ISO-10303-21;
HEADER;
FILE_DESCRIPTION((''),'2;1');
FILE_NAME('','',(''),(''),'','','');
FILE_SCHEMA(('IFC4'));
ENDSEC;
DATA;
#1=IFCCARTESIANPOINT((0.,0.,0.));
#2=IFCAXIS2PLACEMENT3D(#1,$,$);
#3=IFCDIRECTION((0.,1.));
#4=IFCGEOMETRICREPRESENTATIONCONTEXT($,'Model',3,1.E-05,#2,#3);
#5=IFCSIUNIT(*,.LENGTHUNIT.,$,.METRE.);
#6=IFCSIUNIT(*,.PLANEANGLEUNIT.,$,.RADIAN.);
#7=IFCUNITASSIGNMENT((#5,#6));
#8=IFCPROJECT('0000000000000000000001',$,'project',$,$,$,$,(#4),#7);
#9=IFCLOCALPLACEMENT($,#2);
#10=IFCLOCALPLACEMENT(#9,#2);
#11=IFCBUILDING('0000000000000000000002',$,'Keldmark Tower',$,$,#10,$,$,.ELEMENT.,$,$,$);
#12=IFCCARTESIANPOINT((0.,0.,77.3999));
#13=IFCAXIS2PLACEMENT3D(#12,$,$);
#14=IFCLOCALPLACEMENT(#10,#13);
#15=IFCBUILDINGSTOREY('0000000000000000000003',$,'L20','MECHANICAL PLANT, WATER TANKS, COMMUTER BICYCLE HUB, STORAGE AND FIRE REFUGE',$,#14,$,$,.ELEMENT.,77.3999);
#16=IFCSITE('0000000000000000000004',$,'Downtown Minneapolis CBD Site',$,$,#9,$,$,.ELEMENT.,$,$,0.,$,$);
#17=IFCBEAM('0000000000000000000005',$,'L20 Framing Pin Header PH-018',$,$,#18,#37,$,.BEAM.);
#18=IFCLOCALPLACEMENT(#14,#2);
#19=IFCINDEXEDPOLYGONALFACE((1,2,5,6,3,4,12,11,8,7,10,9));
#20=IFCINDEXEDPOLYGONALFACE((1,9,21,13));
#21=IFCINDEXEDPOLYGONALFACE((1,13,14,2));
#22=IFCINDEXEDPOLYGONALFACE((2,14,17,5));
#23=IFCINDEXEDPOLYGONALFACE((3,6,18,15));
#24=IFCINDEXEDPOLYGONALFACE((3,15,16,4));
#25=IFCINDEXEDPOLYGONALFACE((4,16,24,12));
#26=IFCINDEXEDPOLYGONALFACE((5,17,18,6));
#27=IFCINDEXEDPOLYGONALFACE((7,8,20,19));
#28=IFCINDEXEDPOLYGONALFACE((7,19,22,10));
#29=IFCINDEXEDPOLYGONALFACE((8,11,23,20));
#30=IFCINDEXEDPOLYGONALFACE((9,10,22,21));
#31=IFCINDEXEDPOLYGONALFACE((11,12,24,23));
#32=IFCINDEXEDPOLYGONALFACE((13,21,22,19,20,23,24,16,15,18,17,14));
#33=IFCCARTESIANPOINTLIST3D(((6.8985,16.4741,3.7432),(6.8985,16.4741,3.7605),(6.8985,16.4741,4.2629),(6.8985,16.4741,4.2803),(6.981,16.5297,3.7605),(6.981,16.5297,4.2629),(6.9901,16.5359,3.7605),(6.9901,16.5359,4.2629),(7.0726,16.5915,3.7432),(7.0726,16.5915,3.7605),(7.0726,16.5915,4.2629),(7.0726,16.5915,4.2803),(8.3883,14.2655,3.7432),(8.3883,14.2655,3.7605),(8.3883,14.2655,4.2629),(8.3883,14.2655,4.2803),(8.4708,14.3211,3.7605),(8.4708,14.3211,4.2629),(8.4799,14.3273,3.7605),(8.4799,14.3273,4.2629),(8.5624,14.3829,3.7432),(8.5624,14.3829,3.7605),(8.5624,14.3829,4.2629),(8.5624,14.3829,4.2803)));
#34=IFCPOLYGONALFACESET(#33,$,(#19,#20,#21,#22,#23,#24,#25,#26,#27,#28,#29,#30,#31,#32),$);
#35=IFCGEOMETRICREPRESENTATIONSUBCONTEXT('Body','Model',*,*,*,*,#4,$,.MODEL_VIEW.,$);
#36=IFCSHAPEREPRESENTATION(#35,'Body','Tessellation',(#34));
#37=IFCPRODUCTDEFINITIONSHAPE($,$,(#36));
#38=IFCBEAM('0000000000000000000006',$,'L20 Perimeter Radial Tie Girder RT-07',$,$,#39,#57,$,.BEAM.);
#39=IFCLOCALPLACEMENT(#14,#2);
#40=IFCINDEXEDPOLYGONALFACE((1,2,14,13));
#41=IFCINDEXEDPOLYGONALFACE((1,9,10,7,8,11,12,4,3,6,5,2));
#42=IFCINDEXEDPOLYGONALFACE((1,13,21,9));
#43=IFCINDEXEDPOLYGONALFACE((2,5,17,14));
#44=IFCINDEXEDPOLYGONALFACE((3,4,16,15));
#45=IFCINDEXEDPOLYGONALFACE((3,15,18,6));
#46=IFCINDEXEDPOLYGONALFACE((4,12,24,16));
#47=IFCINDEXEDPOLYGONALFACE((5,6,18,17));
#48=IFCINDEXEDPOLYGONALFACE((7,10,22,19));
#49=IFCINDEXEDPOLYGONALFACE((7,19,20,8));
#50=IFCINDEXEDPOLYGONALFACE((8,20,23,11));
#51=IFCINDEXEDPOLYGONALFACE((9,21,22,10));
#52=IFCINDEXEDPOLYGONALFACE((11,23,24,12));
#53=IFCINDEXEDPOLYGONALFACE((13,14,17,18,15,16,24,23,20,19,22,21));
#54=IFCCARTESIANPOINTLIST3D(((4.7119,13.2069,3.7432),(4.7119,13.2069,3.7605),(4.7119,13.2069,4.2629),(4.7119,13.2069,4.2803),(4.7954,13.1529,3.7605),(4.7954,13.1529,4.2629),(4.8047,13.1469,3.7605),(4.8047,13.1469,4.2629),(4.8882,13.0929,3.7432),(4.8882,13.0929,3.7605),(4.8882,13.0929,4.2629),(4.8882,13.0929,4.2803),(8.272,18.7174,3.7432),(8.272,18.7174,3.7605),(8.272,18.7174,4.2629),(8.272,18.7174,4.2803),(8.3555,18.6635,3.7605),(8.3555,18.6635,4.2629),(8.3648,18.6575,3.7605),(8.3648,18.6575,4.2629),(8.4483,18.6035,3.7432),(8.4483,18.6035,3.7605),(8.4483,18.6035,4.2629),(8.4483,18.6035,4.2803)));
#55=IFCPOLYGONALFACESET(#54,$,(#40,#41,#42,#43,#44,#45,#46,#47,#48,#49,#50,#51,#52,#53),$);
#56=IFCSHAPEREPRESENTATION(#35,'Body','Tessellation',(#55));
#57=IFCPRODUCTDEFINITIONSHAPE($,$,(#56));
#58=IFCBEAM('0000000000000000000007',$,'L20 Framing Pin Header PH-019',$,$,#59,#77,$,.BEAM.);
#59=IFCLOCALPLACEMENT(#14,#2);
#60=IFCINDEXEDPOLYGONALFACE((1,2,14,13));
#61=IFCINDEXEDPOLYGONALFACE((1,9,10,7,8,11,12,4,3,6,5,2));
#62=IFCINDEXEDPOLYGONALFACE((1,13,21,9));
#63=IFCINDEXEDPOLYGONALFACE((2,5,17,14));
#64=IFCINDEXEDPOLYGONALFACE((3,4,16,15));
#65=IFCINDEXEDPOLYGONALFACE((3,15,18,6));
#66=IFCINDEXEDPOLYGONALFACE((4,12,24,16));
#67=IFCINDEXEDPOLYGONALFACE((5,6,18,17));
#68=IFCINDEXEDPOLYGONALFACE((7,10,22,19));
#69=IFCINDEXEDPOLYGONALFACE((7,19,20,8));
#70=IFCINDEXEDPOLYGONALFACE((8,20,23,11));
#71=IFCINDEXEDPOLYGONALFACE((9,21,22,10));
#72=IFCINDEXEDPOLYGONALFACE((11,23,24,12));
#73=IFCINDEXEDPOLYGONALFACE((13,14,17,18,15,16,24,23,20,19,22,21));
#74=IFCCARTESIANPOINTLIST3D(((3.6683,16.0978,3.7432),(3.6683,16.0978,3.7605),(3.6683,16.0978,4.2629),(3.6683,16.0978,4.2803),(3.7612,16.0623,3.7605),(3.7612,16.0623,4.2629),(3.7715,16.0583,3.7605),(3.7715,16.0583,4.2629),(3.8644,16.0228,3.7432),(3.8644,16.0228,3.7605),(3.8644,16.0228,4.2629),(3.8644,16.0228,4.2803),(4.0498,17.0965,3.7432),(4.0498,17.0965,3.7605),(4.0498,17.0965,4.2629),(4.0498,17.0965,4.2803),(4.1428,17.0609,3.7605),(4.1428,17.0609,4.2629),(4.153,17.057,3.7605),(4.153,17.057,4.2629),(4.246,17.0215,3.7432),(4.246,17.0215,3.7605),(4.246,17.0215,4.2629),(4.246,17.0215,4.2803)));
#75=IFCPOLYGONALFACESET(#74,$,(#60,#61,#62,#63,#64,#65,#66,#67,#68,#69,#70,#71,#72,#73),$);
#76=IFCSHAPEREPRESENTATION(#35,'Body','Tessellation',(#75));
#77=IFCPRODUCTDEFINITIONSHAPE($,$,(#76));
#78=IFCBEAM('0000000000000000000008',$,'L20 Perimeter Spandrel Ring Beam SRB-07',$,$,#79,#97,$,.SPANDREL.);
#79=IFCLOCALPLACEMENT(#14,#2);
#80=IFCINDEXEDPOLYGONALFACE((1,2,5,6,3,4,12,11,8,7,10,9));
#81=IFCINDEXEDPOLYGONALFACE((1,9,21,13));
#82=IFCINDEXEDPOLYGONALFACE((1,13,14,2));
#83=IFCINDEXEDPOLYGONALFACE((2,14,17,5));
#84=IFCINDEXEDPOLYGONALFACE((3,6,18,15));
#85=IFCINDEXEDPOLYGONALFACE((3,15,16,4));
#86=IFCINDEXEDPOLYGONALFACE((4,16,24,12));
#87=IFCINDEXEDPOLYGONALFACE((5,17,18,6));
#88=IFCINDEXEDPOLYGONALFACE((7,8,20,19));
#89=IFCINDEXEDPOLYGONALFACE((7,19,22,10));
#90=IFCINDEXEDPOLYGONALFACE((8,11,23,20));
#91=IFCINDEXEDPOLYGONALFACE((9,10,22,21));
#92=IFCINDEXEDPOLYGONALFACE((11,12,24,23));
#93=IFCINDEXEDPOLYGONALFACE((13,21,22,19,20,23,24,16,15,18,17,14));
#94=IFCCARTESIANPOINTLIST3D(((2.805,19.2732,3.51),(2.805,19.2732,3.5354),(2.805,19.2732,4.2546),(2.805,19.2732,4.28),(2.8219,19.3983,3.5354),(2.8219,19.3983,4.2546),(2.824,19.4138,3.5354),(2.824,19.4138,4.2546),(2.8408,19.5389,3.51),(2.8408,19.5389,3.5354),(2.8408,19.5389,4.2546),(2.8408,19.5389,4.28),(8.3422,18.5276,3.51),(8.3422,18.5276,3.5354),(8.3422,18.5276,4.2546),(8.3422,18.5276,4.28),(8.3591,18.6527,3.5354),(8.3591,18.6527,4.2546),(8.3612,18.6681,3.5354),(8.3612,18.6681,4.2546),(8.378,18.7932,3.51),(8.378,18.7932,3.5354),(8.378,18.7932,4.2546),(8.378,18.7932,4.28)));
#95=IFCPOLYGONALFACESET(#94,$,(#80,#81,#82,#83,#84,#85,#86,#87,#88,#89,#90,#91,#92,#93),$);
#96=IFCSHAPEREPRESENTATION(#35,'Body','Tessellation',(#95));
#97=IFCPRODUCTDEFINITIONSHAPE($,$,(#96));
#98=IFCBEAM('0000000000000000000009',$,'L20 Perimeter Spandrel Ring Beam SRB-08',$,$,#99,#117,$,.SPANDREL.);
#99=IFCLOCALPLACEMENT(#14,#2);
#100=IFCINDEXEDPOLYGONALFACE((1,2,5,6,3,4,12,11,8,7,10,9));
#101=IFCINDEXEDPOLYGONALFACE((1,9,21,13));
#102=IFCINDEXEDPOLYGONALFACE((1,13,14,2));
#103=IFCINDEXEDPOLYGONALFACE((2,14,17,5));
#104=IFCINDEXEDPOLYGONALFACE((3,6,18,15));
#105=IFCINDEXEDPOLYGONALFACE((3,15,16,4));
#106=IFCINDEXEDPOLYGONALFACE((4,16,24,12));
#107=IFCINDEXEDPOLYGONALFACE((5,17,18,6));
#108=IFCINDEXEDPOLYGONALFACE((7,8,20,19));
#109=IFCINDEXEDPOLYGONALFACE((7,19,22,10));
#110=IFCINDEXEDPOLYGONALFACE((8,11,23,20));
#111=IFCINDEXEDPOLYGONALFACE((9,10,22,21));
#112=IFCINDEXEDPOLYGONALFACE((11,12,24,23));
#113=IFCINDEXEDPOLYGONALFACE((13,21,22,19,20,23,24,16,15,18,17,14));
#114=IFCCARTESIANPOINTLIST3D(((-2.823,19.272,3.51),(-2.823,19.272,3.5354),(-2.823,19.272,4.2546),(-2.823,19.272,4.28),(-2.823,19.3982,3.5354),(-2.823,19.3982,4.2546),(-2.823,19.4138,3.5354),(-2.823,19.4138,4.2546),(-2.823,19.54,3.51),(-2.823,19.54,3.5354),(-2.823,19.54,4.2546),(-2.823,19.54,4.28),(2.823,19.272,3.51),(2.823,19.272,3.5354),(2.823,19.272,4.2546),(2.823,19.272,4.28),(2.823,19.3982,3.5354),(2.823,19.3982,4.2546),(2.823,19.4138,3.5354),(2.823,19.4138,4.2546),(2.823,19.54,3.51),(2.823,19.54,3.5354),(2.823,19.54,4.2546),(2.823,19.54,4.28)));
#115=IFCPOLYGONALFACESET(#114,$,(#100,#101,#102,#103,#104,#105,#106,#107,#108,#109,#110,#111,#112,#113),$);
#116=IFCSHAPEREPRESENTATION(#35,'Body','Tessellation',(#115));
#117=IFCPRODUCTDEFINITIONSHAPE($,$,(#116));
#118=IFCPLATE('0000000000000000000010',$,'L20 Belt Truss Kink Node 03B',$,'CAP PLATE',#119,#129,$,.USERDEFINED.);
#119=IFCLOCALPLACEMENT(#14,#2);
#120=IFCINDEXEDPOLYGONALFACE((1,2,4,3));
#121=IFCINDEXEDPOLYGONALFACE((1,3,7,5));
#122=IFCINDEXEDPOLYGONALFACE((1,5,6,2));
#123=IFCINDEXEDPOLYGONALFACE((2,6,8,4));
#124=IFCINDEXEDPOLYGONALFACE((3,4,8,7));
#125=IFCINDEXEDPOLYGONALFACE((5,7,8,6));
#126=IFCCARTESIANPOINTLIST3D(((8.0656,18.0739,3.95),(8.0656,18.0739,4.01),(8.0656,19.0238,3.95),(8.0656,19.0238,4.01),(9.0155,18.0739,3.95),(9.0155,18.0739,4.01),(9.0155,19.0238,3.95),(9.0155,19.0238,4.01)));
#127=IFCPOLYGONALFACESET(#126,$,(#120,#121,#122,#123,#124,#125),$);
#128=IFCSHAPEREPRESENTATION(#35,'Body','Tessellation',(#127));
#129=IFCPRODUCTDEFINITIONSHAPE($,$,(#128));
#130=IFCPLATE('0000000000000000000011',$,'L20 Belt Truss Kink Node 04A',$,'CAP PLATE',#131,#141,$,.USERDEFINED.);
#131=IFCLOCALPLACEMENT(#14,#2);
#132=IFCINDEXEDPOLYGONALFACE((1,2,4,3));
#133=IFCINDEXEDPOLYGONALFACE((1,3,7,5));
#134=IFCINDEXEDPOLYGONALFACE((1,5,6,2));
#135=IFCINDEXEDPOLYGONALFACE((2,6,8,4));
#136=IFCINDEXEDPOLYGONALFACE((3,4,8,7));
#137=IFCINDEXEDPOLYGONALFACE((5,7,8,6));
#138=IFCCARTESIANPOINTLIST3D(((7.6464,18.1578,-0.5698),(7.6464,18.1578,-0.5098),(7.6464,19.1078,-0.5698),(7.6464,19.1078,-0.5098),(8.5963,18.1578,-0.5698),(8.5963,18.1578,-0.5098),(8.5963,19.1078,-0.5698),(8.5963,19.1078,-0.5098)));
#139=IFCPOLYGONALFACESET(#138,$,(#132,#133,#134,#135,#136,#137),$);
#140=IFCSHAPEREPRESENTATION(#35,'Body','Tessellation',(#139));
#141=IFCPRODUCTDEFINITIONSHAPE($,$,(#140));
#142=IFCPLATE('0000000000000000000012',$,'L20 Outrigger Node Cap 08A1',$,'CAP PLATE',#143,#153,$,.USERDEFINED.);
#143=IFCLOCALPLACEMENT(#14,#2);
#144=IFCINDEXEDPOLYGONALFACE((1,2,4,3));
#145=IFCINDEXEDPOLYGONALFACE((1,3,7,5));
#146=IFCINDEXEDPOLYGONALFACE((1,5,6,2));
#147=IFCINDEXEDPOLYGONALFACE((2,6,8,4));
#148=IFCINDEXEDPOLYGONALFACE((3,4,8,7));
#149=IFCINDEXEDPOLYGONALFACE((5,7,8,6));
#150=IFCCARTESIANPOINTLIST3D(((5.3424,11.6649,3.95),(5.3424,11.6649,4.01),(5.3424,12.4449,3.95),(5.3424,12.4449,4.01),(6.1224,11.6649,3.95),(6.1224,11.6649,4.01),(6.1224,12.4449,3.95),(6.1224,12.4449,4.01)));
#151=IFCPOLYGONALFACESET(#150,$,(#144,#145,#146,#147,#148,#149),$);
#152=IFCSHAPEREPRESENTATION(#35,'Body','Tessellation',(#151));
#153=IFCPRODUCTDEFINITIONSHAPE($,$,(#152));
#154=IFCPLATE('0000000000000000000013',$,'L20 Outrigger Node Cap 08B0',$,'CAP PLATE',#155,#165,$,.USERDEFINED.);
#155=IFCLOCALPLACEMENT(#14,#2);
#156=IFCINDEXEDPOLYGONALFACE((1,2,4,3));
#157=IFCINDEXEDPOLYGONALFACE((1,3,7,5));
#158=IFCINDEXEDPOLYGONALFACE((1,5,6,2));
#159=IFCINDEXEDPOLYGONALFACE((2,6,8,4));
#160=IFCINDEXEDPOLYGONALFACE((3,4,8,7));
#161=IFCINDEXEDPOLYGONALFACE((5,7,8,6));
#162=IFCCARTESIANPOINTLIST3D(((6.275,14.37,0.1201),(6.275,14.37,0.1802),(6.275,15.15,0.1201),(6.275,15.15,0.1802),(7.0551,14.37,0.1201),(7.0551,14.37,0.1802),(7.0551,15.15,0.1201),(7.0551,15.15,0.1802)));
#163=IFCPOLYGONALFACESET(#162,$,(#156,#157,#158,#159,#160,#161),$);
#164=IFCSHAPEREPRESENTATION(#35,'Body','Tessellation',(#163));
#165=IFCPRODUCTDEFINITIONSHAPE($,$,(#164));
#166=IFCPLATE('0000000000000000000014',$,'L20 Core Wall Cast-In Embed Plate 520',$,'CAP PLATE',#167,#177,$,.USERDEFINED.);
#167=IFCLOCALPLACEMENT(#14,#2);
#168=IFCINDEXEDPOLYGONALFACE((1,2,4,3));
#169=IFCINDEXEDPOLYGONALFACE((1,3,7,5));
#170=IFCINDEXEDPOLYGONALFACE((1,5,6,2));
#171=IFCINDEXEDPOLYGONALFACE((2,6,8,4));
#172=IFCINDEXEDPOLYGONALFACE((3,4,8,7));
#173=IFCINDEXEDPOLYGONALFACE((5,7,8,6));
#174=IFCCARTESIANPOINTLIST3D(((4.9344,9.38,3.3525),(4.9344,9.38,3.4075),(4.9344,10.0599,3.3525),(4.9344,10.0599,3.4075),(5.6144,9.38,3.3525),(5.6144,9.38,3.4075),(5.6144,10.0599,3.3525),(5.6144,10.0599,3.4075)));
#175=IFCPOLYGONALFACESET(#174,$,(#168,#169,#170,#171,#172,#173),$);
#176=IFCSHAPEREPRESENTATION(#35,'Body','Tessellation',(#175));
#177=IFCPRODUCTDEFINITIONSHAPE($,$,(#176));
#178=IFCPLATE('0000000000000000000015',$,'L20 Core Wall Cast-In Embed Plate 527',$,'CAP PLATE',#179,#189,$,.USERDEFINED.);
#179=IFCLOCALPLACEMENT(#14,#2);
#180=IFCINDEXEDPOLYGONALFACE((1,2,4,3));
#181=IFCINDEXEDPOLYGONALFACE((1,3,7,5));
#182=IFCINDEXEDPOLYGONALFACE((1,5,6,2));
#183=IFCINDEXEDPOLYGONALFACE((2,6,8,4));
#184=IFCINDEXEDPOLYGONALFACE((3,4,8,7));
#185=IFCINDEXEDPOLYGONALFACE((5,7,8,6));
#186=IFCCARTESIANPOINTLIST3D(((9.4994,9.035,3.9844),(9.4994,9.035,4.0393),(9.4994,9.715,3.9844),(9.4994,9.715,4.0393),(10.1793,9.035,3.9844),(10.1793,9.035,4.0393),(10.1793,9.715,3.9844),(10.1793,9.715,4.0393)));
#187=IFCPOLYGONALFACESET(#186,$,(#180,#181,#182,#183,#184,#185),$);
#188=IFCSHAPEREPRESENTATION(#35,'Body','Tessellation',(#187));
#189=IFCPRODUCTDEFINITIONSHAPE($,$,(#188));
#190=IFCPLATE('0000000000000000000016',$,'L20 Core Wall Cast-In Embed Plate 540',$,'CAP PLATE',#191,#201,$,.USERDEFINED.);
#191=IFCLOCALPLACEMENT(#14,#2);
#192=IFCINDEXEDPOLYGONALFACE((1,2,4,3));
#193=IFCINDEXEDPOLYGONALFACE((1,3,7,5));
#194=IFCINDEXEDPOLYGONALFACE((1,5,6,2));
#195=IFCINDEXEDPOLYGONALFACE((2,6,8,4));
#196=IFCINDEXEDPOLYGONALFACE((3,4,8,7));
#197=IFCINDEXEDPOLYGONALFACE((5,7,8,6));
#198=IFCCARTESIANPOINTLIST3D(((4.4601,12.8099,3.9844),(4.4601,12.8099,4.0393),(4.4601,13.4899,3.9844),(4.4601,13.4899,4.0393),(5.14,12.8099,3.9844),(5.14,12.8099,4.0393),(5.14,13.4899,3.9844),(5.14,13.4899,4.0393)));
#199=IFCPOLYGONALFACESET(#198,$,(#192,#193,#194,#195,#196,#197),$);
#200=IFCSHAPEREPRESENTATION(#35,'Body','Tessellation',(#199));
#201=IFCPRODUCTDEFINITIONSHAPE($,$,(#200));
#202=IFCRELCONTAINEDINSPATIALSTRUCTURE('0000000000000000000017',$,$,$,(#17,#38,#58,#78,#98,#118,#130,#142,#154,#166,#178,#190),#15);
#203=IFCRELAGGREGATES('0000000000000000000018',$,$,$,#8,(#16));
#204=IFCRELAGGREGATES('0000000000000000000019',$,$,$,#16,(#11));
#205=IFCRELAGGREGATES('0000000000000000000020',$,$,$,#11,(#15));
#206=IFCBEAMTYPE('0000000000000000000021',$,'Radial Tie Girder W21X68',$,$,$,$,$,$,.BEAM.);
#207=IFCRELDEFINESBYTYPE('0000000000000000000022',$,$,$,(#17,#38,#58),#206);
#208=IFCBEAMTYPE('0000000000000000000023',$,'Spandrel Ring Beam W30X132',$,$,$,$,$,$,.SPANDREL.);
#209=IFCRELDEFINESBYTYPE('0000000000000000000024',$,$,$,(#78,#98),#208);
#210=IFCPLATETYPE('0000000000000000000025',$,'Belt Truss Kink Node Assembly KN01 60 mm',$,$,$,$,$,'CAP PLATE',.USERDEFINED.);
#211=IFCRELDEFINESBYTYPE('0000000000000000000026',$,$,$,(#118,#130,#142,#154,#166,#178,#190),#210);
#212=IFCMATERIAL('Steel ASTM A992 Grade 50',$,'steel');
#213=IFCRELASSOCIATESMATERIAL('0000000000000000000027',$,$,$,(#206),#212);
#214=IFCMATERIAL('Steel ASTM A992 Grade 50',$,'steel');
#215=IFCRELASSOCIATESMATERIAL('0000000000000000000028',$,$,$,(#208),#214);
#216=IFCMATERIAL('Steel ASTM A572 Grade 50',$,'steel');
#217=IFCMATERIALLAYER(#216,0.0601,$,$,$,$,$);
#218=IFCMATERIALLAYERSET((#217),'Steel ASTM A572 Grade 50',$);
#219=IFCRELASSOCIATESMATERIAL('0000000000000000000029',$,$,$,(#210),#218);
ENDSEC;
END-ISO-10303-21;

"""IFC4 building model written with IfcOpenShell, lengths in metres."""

from ifc_helpers import new_model, si_unit, direction, frame, origin, origin_2d, place, context, subcontext, project, spatial, rectangle, i_section, extrude, material, layer, layer_set, material_profile, profile_set, type_object, element, save


model = new_model("IFC4")

# Units and contexts
model_context = context("Model", 3, precision=1e-05, world=origin(), true_north=direction((0.0, 1.0)))
body_context = subcontext(model_context, "Body", "Model", "MODEL_VIEW")
ifc_project = project(units=[si_unit("LENGTHUNIT", "METRE"), si_unit("PLANEANGLEUNIT", "RADIAN")], contexts=[model_context])

# Site, building, storey
site_placement = place(None, origin())
site = spatial("IfcSite", under=ifc_project, at=site_placement, Name="Downtown Minneapolis CBD Site", CompositionType="ELEMENT", RefElevation=0.0)
building_placement = place(site_placement, origin())
building = spatial("IfcBuilding", under=site, at=building_placement, Name="Keldmark Tower", CompositionType="ELEMENT")
storey_placement = place(building_placement, frame((0.0, 0.0, 77.3999)))
storey = spatial("IfcBuildingStorey", under=building, at=storey_placement, Name="L20", Description="MECHANICAL PLANT, WATER TANKS, COMMUTER BICYCLE HUB, STORAGE AND FIRE REFUGE", CompositionType="ELEMENT", Elevation=77.3999)

# Beams
ifc_material_1 = material(Name="Steel ASTM A992 Grade 50", Category="steel")
ifc_material_profile_1 = material_profile(ifc_material_1, i_section(OverallWidth=0.21, OverallDepth=0.5371, WebThickness=0.011, FlangeThickness=0.0173, at=origin_2d()), Name="W21X68")
ifc_profile_set_1 = profile_set([ifc_material_profile_1], Name="Steel ASTM A992 Grade 50")
beam_type_1 = type_object("IfcBeamType", Name="Radial Tie Girder W21X68", PredefinedType="BEAM", material=ifc_profile_set_1)
beam_1_placement = place(storey_placement, frame((8.4753, 14.3242, 4.0117), z_axis=(-0.559218, 0.829021, 0.0), x_axis=(-0.829021, -0.559218, 0.0)))
element("IfcBeam", 1, at=beam_1_placement, inside=storey, type_object=beam_type_1, Name="L20 Framing Pin Header PH-018", PredefinedType="BEAM", context=body_context, shape_type="SweptSolid", body=[
    extrude(i_section(OverallWidth=0.21, OverallDepth=0.5371, WebThickness=0.011, FlangeThickness=0.0173, at=origin_2d()), origin(), (0.0, 0.0, 1.0), 2.6641),
])
beam_2_placement = place(storey_placement, frame((4.8, 13.1499, 4.0117), z_axis=(0.542654, 0.839956, 0.0), x_axis=(-0.839956, 0.542654, 0.0)))
element("IfcBeam", 2, at=beam_2_placement, inside=storey, type_object=beam_type_1, Name="L20 Perimeter Radial Tie Girder RT-07", PredefinedType="BEAM", context=body_context, shape_type="SweptSolid", body=[
    extrude(i_section(OverallWidth=0.21, OverallDepth=0.5371, WebThickness=0.011, FlangeThickness=0.0173, at=origin_2d()), origin(), (0.0, 0.0, 1.0), 6.5605),
])
beam_3_placement = place(storey_placement, frame((3.7664, 16.0603, 4.0117), z_axis=(0.356897, 0.934144, 0.0), x_axis=(-0.934144, 0.356897, 0.0)))
element("IfcBeam", 3, at=beam_3_placement, inside=storey, type_object=beam_type_1, Name="L20 Framing Pin Header PH-019", PredefinedType="BEAM", context=body_context, shape_type="SweptSolid", body=[
    extrude(i_section(OverallWidth=0.21, OverallDepth=0.5371, WebThickness=0.011, FlangeThickness=0.0173, at=origin_2d()), origin(), (0.0, 0.0, 1.0), 1.0691),
])
ifc_material_2 = material(Name="Steel ASTM A992 Grade 50", Category="steel")
ifc_material_profile_2 = material_profile(ifc_material_2, i_section(OverallWidth=0.2681, OverallDepth=0.77, WebThickness=0.0156, FlangeThickness=0.0254, at=origin_2d()), Name="W30X132")
ifc_profile_set_2 = profile_set([ifc_material_profile_2], Name="Steel ASTM A992 Grade 50")
beam_type_2 = type_object("IfcBeamType", Name="Spandrel Ring Beam W30X132", PredefinedType="SPANDREL", material=ifc_profile_set_2)
beam_4_placement = place(storey_placement, frame((8.3601, 18.6604, 3.895), z_axis=(-0.991055, 0.133452, 0.0), x_axis=(-0.133452, -0.991055, 0.0)))
element("IfcBeam", 4, at=beam_4_placement, inside=storey, type_object=beam_type_2, Name="L20 Perimeter Spandrel Ring Beam SRB-07", PredefinedType="SPANDREL", context=body_context, shape_type="SweptSolid", body=[
    extrude(i_section(OverallWidth=0.2681, OverallDepth=0.77, WebThickness=0.0156, FlangeThickness=0.0254, at=origin_2d()), origin(), (0.0, 0.0, 1.0), 5.5872),
])
beam_5_placement = place(storey_placement, frame((2.823, 19.406, 3.895), z_axis=(-1.0, 0.0, 0.0), x_axis=(0.0, -1.0, 0.0)))
element("IfcBeam", 5, at=beam_5_placement, inside=storey, type_object=beam_type_2, Name="L20 Perimeter Spandrel Ring Beam SRB-08", PredefinedType="SPANDREL", context=body_context, shape_type="SweptSolid", body=[
    extrude(i_section(OverallWidth=0.2681, OverallDepth=0.77, WebThickness=0.0156, FlangeThickness=0.0254, at=origin_2d()), origin(), (0.0, 0.0, 1.0), 5.646),
])

# Plates
ifc_material_3 = material(Name="Steel ASTM A572 Grade 50", Category="steel")
ifc_layer_1 = layer(ifc_material_3, 0.0601)
ifc_layer_set_1 = layer_set([ifc_layer_1], Name="Steel ASTM A572 Grade 50")
plate_type_1 = type_object("IfcPlateType", Name="Belt Truss Kink Node Assembly KN01 60 mm", ElementType="CAP PLATE", PredefinedType="USERDEFINED", material=ifc_layer_set_1)
for number, where, z_axis, x_axis, name in (
    (6, (8.5405, 18.5488, 3.95), (0.0, 0.0, 1.0), (1.0, 0.0, 0.0), "L20 Belt Truss Kink Node 03B"),
    (7, (8.1213, 18.6328, -0.5698), (0.0, 0.0, 1.0), (1.0, 0.0, 0.0), "L20 Belt Truss Kink Node 04A"),
):
    element("IfcPlate", number, at=place(storey_placement, frame(where, z_axis=z_axis, x_axis=x_axis)), inside=storey, type_object=plate_type_1, Name=name, ObjectType="CAP PLATE", PredefinedType="USERDEFINED", context=body_context, shape_type="SweptSolid", body=[
        extrude(rectangle(XDim=0.95, YDim=0.95, at=origin_2d()), origin(), (0.0, 0.0, 1.0), 0.0601),
    ])
for number, where, z_axis, x_axis, name in (
    (8, (5.7324, 12.0549, 3.95), (0.0, 0.0, 1.0), (1.0, 0.0, 0.0), "L20 Outrigger Node Cap 08A1"),
    (9, (6.665, 14.76, 0.1201), (0.0, 0.0, 1.0), (1.0, 0.0, 0.0), "L20 Outrigger Node Cap 08B0"),
):
    element("IfcPlate", number, at=place(storey_placement, frame(where, z_axis=z_axis, x_axis=x_axis)), inside=storey, type_object=plate_type_1, Name=name, ObjectType="CAP PLATE", PredefinedType="USERDEFINED", context=body_context, shape_type="SweptSolid", body=[
        extrude(rectangle(XDim=0.78, YDim=0.78, at=origin_2d()), origin(), (0.0, 0.0, 1.0), 0.0601),
    ])
for number, where, z_axis, x_axis, name in (
    (10, (5.2744, 9.72, 3.3525), (0.0, 0.0, 1.0), (1.0, 0.0, 0.0), "L20 Core Wall Cast-In Embed Plate 520"),
    (11, (9.8394, 9.375, 3.9844), (0.0, 0.0, 1.0), (1.0, 0.0, 0.0), "L20 Core Wall Cast-In Embed Plate 527"),
    (12, (4.8, 13.1499, 3.9844), (0.0, 0.0, 1.0), (1.0, 0.0, 0.0), "L20 Core Wall Cast-In Embed Plate 540"),
):
    element("IfcPlate", number, at=place(storey_placement, frame(where, z_axis=z_axis, x_axis=x_axis)), inside=storey, type_object=plate_type_1, Name=name, ObjectType="CAP PLATE", PredefinedType="USERDEFINED", context=body_context, shape_type="SweptSolid", body=[
        extrude(rectangle(XDim=0.6799, YDim=0.6799, at=origin_2d()), origin(), (0.0, 0.0, 1.0), 0.0549),
    ])

save(model, "model.ifc")
